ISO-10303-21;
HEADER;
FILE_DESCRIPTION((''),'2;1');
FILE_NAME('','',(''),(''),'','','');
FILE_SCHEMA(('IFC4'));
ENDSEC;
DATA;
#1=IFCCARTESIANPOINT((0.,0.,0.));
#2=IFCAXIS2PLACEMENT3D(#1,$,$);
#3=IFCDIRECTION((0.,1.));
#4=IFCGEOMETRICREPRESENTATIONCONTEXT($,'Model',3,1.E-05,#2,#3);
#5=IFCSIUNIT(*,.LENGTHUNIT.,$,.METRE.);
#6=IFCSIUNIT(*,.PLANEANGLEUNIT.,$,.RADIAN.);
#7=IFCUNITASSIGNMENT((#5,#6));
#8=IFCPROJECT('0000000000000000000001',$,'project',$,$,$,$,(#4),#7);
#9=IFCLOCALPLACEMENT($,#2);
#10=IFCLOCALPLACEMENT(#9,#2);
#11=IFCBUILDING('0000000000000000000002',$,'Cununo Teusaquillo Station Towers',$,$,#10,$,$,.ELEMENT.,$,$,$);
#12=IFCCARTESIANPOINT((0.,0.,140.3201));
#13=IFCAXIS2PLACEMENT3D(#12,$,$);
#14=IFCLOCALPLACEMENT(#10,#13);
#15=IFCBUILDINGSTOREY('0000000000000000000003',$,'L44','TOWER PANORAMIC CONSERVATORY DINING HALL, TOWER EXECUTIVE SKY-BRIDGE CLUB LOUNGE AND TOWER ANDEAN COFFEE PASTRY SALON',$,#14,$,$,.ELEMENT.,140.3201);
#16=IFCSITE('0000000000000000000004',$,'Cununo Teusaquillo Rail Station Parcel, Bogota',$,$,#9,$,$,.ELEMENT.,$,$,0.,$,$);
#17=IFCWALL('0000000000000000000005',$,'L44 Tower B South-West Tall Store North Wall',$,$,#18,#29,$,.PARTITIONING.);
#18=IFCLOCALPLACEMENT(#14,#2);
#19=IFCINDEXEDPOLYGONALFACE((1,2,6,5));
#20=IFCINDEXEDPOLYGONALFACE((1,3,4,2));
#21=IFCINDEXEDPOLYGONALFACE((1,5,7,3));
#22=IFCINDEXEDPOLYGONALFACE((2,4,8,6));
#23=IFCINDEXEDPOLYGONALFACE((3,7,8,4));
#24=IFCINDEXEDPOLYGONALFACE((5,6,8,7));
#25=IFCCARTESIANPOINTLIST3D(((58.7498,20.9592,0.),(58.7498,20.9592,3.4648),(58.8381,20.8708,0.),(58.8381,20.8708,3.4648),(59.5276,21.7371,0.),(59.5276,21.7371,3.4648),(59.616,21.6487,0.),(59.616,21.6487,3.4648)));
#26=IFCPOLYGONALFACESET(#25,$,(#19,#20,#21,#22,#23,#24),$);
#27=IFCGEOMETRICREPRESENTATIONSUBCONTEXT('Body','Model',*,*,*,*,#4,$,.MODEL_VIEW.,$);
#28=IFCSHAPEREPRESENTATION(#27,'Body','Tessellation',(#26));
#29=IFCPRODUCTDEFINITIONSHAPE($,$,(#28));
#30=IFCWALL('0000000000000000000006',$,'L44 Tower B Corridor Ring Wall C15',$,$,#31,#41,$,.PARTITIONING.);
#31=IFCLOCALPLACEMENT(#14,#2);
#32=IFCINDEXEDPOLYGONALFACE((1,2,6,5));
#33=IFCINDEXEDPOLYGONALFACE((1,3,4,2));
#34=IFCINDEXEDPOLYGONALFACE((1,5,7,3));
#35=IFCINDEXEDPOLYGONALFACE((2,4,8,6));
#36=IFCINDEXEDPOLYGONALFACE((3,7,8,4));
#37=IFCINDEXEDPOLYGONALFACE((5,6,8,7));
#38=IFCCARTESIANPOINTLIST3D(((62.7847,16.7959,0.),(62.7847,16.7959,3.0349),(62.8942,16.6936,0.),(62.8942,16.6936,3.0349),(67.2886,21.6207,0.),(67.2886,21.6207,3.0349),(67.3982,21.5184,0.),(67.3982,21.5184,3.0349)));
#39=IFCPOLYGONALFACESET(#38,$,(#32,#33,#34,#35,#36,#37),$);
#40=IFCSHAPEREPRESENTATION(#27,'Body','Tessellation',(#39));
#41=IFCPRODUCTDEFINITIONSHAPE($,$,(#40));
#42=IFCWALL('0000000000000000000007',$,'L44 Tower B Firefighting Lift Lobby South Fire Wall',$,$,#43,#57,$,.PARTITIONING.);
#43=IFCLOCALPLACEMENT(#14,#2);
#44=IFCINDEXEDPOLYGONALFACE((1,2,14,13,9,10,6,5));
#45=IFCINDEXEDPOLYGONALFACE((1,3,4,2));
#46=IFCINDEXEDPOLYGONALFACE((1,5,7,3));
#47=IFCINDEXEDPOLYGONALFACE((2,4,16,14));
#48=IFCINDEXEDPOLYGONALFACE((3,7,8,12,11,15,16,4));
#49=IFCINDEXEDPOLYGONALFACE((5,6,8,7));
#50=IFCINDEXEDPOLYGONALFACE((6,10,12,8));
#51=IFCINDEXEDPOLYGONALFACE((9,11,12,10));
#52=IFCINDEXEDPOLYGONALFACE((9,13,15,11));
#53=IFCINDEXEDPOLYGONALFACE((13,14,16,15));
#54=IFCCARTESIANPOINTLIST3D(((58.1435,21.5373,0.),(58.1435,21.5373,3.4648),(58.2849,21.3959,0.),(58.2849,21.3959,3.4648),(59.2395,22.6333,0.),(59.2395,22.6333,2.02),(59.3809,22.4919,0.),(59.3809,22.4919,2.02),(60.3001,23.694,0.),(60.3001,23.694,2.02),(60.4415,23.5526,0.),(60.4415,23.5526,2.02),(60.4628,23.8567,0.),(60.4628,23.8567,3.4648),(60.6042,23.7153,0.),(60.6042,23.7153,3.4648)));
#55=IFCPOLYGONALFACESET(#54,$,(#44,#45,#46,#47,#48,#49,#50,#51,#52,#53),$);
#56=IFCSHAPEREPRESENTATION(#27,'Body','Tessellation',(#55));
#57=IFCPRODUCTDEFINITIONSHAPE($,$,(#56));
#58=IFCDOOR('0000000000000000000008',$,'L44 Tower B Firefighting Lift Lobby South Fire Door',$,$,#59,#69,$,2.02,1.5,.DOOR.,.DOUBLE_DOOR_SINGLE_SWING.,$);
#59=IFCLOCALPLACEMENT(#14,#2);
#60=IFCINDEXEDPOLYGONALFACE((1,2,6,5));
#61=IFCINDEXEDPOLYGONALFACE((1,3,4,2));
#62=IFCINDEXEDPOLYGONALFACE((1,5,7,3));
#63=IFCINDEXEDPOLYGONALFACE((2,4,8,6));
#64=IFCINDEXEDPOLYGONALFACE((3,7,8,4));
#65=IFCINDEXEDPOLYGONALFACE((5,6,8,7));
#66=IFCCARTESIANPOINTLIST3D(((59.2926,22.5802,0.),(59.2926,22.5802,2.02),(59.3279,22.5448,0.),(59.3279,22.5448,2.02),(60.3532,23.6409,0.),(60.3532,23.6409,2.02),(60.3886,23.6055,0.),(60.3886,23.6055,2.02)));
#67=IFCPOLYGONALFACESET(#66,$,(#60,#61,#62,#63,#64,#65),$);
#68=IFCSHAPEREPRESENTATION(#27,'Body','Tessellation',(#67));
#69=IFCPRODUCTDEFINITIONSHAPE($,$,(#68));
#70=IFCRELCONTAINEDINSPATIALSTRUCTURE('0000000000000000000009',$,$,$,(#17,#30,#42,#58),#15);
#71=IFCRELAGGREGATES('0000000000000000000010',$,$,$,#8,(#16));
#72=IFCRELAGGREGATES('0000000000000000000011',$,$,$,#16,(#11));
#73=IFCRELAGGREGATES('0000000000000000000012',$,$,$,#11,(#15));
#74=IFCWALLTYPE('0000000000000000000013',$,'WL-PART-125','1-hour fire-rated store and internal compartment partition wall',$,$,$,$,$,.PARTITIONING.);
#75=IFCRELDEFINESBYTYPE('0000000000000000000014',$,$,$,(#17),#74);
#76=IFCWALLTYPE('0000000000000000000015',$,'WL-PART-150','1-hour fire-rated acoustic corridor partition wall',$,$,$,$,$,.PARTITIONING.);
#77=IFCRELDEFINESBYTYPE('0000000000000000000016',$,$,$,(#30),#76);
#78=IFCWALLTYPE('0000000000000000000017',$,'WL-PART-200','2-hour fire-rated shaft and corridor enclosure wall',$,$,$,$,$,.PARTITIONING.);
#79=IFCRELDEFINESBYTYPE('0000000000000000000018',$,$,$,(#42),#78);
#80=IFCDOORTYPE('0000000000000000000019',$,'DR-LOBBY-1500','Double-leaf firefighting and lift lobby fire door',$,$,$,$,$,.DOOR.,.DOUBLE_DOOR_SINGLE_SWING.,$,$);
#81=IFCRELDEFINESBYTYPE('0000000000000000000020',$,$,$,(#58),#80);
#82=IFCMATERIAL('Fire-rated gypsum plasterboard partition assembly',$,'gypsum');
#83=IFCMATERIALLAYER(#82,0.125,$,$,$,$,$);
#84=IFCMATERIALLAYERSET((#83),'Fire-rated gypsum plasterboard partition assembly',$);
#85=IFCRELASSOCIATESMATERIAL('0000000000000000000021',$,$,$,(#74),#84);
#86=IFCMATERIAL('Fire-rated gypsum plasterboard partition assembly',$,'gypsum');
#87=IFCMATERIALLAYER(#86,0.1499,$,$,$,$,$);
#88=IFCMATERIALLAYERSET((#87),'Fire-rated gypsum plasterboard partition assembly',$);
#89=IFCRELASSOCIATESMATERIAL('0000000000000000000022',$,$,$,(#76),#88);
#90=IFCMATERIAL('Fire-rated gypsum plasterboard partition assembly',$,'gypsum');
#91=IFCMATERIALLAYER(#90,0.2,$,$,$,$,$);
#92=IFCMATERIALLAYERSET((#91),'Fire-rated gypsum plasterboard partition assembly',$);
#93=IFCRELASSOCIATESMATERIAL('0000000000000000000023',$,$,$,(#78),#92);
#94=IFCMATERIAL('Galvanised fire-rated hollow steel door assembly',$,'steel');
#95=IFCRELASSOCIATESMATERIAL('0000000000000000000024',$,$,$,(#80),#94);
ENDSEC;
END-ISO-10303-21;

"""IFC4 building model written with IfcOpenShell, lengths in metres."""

from ifc_helpers import new_model, si_unit, direction, frame, frame_2d, origin, place, context, subcontext, project, spatial, rectangle, extrude, source, transform, mapped, material, layer, layer_set, type_object, element, fill, save


model = new_model("IFC4")

# Units and contexts
model_context = context("Model", 3, precision=1e-05, world=origin(), true_north=direction((0.0, 1.0)))
body_context = subcontext(model_context, "Body", "Model", "MODEL_VIEW")
ifc_project = project(units=[si_unit("LENGTHUNIT", "METRE"), si_unit("PLANEANGLEUNIT", "RADIAN")], contexts=[model_context])

# Site, building, storey
site_placement = place(None, origin())
site = spatial("IfcSite", under=ifc_project, at=site_placement, Name="Cununo Teusaquillo Rail Station Parcel, Bogota", CompositionType="ELEMENT", RefElevation=0.0)
building_placement = place(site_placement, origin())
building = spatial("IfcBuilding", under=site, at=building_placement, Name="Cununo Teusaquillo Station Towers", CompositionType="ELEMENT")
storey_placement = place(building_placement, frame((0.0, 0.0, 140.3201)))
storey = spatial("IfcBuildingStorey", under=building, at=storey_placement, Name="L44", Description="TOWER PANORAMIC CONSERVATORY DINING HALL, TOWER EXECUTIVE SKY-BRIDGE CLUB LOUNGE AND TOWER ANDEAN COFFEE PASTRY SALON", CompositionType="ELEMENT", Elevation=140.3201)

# Shared definitions
ifc_material_1 = material(Name="Fire-rated gypsum plasterboard partition assembly", Category="gypsum")
ifc_layer_1 = layer(ifc_material_1, 0.125)
ifc_layer_set_1 = layer_set([ifc_layer_1], Name="Fire-rated gypsum plasterboard partition assembly")
wall_type_1 = type_object("IfcWallType", Name="WL-PART-125", Description="1-hour fire-rated store and internal compartment partition wall", PredefinedType="PARTITIONING", material=ifc_layer_set_1)

# Walls
wall_1_placement = place(storey_placement, frame((58.7939, 20.915, 0.0), z_axis=(0.0, 0.0, 1.0), x_axis=(0.707107, 0.707107, 0.0)))
element("IfcWall", 1, at=wall_1_placement, inside=storey, type_object=wall_type_1, Name="L44 Tower B South-West Tall Store North Wall", PredefinedType="PARTITIONING", context=body_context, shape_type="SweptSolid", body=[
    extrude(rectangle(XDim=1.1001, YDim=0.125, at=frame_2d((0.55, 0.0))), origin(), (0.0, 0.0, 1.0), 3.4648),
])
ifc_material_2 = material(Name="Fire-rated gypsum plasterboard partition assembly", Category="gypsum")
ifc_layer_2 = layer(ifc_material_2, 0.1499)
ifc_layer_set_2 = layer_set([ifc_layer_2], Name="Fire-rated gypsum plasterboard partition assembly")
wall_type_2 = type_object("IfcWallType", Name="WL-PART-150", Description="1-hour fire-rated acoustic corridor partition wall", PredefinedType="PARTITIONING", material=ifc_layer_set_2)
wall_2_placement = place(storey_placement, frame((62.8394, 16.7446, 0.0), z_axis=(0.0, 0.0, 1.0), x_axis=(0.682387, 0.730991, 0.0)))
element("IfcWall", 2, at=wall_2_placement, inside=storey, type_object=wall_type_2, Name="L44 Tower B Corridor Ring Wall C15", PredefinedType="PARTITIONING", context=body_context, shape_type="SweptSolid", body=[
    extrude(rectangle(XDim=6.6003, YDim=0.1499, at=frame_2d((3.3003, 0.0))), origin(), (0.0, 0.0, 1.0), 3.0349),
])

# Wall, opening, door
ifc_material_3 = material(Name="Fire-rated gypsum plasterboard partition assembly", Category="gypsum")
ifc_layer_3 = layer(ifc_material_3, 0.2)
ifc_layer_set_3 = layer_set([ifc_layer_3], Name="Fire-rated gypsum plasterboard partition assembly")
wall_type_3 = type_object("IfcWallType", Name="WL-PART-200", Description="2-hour fire-rated shaft and corridor enclosure wall", PredefinedType="PARTITIONING", material=ifc_layer_set_3)
wall_3_placement = place(storey_placement, frame((58.2141, 21.4666, 0.0), z_axis=(0.0, 0.0, 1.0), x_axis=(0.707107, 0.707107, 0.0)))
wall_3 = element("IfcWall", 3, at=wall_3_placement, inside=storey, type_object=wall_type_3, Name="L44 Tower B Firefighting Lift Lobby South Fire Wall", PredefinedType="PARTITIONING", context=body_context, shape_type="SweptSolid", body=[
    extrude(rectangle(XDim=3.28, YDim=0.2, at=frame_2d((1.6401, 0.0))), origin(), (0.0, 0.0, 1.0), 3.4648),
])
shared_shape_1 = source(origin(), body_context, "Body", "SweptSolid", [
    extrude(rectangle(XDim=1.5, YDim=2.02, at=frame_2d((0.75, 1.01))), frame((0.0, 0.1099, 0.0), z_axis=(0.0, -1.0, 0.0), x_axis=(1.0, 0.0, 0.0)), (0.0, 0.0, 1.0), 0.22),
])
opening_1_placement = place(wall_3_placement, frame((1.55, 0.0, 0.0)))
opening_1 = element("IfcOpeningElement", 4, at=opening_1_placement, cuts=wall_3, PredefinedType="OPENING", context=body_context, shape_type="MappedRepresentation", body=[
    mapped(shared_shape_1, transform((0.0, 0.0, 0.0), x_axis=(1.0, 0.0, 0.0), y_axis=(0.0, 1.0, 0.0), z_axis=(0.0, 0.0, 1.0), scale=1.0)),
])
ifc_material_4 = material(Name="Galvanised fire-rated hollow steel door assembly", Category="steel")
door_type_1 = type_object("IfcDoorType", Name="DR-LOBBY-1500", Description="Double-leaf firefighting and lift lobby fire door", OperationType="DOUBLE_DOOR_SINGLE_SWING", PredefinedType="DOOR", material=ifc_material_4)
shared_shape_2 = source(origin(), body_context, "Body", "SweptSolid", [
    extrude(rectangle(XDim=1.5, YDim=2.02, at=frame_2d((0.75, 1.01))), frame((0.0, 0.0249, 0.0), z_axis=(0.0, -1.0, 0.0), x_axis=(1.0, 0.0, 0.0)), (0.0, 0.0, 1.0), 0.05),
])
door_1_placement = place(opening_1_placement, origin())
door_1 = element("IfcDoor", 5, at=door_1_placement, inside=storey, type_object=door_type_1, Name="L44 Tower B Firefighting Lift Lobby South Fire Door", OperationType="DOUBLE_DOOR_SINGLE_SWING", OverallHeight=2.02, OverallWidth=1.5, PredefinedType="DOOR", context=body_context, shape_type="MappedRepresentation", body=[
    mapped(shared_shape_2, transform((0.0, 0.0, 0.0), x_axis=(1.0, 0.0, 0.0), y_axis=(0.0, 1.0, 0.0), z_axis=(0.0, 0.0, 1.0), scale=1.0)),
])
fill(opening_1, door_1)

save(model, "model.ifc")
